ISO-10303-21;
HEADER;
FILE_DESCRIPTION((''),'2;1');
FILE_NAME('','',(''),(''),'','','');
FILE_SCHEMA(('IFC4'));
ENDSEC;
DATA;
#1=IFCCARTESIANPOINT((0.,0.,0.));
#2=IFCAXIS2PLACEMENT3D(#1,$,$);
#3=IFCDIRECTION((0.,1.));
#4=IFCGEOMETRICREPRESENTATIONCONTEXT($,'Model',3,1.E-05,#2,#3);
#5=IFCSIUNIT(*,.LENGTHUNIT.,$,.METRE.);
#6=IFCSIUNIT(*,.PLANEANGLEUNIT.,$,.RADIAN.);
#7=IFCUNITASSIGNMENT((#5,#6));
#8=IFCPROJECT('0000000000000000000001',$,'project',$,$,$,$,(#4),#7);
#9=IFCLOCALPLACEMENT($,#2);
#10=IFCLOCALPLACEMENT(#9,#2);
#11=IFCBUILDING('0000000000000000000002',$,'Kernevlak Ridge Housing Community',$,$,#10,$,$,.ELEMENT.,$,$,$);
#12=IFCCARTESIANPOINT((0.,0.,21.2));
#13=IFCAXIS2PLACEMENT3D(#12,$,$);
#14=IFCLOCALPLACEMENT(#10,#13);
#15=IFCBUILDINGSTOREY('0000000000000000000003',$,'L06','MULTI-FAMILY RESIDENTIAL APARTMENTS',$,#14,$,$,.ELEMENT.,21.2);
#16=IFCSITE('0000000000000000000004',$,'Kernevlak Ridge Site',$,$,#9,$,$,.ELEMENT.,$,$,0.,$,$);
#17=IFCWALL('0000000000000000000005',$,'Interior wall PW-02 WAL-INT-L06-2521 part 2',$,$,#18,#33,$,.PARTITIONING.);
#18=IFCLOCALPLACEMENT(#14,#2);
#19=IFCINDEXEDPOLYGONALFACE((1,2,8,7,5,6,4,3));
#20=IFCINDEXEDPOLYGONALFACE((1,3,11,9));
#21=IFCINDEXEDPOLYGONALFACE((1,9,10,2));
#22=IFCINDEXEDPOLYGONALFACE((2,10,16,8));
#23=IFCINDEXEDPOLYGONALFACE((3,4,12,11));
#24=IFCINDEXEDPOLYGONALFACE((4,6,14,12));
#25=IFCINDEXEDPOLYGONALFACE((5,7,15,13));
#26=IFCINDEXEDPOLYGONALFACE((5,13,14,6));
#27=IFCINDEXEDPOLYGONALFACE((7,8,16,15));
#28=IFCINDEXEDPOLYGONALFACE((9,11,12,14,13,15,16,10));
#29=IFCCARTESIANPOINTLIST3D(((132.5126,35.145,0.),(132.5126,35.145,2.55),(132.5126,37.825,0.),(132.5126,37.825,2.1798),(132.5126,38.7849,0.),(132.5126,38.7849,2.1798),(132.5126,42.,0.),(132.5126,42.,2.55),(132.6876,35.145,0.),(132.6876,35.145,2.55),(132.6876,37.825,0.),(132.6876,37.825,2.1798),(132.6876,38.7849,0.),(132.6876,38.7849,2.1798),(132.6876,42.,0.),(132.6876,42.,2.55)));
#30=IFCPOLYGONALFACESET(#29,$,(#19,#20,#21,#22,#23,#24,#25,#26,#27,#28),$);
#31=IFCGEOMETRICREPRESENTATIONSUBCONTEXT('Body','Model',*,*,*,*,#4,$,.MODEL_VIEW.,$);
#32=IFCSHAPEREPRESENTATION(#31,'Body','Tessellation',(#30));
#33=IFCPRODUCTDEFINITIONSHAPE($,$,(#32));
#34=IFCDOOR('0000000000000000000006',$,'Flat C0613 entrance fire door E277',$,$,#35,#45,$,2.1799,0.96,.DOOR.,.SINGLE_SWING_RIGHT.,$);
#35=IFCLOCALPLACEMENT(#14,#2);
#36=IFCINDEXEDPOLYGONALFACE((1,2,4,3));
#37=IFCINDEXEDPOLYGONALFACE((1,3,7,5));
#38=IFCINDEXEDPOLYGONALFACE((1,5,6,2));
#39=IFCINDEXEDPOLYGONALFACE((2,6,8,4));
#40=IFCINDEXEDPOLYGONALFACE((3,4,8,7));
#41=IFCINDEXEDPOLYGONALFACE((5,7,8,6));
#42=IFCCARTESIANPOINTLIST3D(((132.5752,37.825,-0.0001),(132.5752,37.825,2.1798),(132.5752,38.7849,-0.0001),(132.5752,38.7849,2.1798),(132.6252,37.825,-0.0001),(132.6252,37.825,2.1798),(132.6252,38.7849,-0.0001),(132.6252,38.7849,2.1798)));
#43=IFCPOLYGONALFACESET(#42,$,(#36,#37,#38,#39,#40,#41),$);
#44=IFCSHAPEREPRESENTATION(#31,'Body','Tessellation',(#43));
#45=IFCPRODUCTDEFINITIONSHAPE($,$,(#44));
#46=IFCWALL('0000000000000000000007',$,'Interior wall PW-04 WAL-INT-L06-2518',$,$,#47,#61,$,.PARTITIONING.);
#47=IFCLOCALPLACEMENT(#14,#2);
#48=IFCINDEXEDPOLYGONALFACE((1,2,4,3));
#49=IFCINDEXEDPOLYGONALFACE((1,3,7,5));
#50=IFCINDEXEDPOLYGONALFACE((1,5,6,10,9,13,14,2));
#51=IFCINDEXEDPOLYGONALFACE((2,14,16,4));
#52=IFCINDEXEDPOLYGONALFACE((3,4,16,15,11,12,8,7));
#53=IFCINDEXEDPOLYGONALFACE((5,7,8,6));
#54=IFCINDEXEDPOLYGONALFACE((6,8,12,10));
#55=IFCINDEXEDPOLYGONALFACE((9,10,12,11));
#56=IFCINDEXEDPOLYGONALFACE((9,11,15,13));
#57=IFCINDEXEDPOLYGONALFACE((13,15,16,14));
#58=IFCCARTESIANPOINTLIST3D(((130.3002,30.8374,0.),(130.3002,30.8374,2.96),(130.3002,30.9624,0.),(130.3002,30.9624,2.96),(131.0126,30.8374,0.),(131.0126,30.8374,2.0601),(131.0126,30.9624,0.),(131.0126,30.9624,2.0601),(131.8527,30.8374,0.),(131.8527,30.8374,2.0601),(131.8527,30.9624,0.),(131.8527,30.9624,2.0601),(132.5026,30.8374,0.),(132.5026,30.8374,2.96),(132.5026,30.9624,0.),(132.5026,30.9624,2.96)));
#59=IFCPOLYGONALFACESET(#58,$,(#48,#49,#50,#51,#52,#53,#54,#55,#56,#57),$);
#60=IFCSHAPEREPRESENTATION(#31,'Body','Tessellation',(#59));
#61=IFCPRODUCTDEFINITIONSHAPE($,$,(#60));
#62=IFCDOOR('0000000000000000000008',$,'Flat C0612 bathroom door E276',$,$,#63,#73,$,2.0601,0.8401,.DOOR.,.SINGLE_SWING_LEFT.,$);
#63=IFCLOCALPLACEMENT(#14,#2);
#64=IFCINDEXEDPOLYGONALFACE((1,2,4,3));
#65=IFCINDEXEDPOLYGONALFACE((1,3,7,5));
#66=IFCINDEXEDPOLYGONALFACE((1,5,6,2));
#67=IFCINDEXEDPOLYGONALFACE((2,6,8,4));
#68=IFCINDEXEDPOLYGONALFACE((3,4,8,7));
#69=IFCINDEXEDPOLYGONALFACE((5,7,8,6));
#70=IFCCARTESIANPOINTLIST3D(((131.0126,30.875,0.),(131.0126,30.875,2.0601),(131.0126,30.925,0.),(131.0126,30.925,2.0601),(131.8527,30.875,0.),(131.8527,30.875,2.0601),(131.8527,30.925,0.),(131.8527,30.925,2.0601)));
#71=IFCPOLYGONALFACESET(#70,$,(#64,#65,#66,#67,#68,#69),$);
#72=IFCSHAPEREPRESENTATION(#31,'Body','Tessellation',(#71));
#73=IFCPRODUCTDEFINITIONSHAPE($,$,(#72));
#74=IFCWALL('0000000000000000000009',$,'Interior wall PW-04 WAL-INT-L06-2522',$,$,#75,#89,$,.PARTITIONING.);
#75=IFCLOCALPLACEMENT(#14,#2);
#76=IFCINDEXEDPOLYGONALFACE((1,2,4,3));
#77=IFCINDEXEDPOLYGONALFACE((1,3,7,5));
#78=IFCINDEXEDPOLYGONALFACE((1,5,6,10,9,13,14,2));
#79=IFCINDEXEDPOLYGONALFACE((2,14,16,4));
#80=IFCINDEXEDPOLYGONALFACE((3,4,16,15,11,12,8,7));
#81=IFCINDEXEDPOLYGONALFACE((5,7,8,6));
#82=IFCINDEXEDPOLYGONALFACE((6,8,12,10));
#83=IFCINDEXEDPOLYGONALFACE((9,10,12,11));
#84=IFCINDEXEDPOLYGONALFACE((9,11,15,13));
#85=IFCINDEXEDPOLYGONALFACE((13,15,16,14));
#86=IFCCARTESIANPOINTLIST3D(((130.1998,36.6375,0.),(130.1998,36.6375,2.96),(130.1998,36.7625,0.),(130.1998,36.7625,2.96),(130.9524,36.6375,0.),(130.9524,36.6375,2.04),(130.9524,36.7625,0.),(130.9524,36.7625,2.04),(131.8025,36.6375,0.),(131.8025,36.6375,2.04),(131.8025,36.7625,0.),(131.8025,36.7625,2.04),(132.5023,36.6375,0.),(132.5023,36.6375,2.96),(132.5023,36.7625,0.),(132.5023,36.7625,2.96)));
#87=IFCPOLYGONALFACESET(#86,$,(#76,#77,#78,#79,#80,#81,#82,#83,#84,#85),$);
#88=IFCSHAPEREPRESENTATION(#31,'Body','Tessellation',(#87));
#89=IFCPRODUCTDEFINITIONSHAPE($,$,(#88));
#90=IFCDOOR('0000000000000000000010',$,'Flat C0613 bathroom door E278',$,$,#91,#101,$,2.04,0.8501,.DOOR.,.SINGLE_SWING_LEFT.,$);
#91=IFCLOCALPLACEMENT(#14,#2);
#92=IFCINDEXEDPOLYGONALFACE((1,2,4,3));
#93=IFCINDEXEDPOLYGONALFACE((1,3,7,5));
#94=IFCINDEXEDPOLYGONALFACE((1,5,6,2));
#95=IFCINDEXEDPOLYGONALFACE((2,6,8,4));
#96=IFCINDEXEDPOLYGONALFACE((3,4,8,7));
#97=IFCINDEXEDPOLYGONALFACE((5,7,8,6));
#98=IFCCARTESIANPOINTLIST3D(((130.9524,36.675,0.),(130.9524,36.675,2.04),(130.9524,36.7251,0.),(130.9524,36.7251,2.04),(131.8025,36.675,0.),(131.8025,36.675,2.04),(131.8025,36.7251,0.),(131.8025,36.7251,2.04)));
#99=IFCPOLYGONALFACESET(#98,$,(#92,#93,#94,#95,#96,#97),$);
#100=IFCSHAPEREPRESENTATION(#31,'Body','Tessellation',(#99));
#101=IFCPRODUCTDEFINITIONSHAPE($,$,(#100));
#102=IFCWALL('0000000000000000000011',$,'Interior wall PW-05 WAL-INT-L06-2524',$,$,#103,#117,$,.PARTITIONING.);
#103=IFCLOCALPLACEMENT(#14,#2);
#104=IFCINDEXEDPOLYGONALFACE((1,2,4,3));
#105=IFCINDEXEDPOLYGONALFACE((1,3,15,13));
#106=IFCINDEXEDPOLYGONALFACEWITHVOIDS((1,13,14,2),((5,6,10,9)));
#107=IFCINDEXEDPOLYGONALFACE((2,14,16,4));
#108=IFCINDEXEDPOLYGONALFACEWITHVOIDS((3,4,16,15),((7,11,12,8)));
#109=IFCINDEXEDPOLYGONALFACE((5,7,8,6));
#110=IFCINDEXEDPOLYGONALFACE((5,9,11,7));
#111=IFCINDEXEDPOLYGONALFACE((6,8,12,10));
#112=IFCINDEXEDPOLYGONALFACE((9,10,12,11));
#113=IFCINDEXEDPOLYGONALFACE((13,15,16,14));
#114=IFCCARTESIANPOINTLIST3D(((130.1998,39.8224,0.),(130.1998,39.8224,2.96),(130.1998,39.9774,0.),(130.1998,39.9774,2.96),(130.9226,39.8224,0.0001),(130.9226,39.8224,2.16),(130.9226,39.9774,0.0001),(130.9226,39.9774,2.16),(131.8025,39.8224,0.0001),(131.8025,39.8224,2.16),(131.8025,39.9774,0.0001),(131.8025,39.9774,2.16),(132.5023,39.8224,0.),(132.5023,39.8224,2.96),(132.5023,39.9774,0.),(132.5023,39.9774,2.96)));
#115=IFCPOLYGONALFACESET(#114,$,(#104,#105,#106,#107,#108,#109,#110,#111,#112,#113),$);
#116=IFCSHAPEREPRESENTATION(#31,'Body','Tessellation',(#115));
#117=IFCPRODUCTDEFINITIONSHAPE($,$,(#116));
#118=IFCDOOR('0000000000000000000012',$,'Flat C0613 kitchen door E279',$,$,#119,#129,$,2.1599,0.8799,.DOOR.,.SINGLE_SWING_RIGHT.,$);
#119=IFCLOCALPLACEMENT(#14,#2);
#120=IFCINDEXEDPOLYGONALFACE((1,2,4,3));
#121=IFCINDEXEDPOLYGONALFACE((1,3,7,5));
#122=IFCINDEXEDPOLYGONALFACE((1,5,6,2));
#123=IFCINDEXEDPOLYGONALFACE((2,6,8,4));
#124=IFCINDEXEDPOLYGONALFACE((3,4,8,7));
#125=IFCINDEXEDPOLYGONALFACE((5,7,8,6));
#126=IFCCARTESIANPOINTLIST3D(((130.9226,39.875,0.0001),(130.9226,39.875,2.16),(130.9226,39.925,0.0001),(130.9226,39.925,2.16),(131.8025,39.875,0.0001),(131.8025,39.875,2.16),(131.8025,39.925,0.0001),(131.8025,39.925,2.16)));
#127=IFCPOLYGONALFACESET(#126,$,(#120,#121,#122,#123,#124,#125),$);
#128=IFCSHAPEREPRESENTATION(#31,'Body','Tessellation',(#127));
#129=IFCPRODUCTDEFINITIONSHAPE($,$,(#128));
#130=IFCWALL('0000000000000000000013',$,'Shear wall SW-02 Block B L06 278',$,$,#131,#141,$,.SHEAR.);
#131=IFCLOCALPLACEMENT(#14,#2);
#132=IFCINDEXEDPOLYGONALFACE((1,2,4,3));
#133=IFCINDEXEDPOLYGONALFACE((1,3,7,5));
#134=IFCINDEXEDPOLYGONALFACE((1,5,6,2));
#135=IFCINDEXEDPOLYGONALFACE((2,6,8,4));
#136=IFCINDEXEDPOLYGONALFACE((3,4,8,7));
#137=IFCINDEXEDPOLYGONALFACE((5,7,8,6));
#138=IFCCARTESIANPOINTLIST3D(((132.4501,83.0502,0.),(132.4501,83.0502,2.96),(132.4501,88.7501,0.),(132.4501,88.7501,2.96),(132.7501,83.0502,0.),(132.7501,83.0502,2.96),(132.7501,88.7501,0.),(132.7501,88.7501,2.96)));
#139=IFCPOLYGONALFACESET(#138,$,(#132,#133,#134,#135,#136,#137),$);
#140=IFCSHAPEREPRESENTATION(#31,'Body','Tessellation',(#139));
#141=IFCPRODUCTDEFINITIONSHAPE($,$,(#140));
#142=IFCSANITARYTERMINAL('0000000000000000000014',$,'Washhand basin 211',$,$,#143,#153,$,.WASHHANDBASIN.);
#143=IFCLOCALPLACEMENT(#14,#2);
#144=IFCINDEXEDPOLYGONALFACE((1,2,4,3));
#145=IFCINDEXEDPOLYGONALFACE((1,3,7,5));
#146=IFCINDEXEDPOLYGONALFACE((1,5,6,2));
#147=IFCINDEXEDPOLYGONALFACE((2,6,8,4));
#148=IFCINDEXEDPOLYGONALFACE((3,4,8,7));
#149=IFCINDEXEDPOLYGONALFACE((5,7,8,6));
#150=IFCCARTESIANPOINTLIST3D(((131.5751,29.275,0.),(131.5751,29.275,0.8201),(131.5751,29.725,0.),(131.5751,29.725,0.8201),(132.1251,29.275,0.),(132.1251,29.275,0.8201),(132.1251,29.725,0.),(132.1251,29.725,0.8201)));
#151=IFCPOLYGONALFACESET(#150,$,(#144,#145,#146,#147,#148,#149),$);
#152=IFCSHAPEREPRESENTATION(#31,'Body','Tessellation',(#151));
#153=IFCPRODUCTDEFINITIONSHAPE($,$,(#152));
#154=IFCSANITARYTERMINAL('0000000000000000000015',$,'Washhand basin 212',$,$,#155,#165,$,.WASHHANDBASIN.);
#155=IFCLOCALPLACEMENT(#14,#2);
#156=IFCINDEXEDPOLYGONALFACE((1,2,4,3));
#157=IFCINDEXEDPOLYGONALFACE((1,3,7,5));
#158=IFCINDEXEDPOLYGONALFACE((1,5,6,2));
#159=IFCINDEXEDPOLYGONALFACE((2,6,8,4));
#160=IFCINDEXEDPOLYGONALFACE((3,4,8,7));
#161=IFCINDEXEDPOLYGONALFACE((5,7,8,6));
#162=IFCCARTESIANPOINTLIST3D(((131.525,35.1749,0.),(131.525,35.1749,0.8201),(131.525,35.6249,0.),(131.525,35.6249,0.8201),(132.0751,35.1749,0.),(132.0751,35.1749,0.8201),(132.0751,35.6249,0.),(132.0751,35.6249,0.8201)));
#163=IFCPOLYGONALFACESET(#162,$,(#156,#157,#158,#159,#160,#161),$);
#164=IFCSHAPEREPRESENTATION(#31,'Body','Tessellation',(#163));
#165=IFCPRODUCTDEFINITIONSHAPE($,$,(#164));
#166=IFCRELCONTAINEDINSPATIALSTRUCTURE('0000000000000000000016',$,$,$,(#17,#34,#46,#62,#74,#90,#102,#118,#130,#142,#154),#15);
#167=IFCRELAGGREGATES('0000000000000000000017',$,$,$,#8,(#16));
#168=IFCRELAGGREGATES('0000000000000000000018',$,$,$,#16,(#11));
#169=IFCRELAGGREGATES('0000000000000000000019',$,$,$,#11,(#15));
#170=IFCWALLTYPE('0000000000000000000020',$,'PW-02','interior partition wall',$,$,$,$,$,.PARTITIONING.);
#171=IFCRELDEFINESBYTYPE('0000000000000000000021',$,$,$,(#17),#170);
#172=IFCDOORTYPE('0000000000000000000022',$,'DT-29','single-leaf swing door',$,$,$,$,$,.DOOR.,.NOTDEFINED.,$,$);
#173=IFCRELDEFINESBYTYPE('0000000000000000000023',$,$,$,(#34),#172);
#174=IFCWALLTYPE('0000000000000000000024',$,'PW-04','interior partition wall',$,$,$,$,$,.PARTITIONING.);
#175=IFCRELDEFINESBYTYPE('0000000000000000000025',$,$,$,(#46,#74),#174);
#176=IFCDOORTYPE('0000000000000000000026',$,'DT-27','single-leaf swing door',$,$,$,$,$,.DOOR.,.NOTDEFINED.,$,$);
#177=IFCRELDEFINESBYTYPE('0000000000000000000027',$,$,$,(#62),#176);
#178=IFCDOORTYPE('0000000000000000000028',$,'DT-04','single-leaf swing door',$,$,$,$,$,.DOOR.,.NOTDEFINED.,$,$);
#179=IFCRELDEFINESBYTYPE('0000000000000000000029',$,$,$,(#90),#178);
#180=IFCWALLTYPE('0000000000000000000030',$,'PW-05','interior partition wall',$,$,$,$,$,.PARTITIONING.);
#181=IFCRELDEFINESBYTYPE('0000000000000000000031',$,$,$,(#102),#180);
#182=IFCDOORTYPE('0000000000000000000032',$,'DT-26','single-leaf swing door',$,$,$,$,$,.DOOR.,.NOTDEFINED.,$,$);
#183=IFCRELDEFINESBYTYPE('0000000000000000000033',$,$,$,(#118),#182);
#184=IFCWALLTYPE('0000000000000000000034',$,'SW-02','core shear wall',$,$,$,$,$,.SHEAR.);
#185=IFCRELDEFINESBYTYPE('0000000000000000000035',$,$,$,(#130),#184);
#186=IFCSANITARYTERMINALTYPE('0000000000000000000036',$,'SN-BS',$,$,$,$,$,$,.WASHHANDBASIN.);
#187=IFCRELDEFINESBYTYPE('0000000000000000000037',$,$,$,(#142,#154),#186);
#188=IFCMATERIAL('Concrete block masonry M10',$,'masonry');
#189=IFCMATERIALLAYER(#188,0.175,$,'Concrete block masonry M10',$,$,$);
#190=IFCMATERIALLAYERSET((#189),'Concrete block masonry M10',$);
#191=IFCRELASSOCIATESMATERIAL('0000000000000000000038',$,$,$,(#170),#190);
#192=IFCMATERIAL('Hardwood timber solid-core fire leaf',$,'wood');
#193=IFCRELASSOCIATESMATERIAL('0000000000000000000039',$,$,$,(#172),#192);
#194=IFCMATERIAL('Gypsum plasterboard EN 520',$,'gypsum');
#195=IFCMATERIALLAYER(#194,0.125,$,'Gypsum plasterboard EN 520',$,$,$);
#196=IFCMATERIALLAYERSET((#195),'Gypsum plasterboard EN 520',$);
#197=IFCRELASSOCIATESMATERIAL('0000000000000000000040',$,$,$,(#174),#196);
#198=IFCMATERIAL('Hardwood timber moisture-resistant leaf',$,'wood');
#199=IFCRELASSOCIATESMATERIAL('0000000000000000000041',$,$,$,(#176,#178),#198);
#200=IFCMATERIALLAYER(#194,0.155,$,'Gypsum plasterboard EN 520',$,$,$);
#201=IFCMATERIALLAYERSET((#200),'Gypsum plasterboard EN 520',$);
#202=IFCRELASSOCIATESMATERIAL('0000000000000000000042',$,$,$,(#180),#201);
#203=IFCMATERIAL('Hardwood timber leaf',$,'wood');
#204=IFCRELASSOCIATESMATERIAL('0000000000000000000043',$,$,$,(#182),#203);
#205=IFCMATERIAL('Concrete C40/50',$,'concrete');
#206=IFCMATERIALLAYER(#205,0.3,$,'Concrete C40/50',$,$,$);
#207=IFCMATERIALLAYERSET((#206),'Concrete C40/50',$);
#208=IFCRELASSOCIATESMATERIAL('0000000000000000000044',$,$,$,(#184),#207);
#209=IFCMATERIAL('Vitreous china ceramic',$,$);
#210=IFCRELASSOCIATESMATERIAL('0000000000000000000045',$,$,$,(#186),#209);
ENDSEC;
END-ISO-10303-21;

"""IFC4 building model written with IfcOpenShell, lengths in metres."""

from ifc_helpers import new_model, si_unit, direction, frame, frame_2d, origin, origin_2d, place, context, subcontext, project, spatial, rectangle, extrude, material, layer, layer_set, type_object, element, fill, save


model = new_model("IFC4")

# Units and contexts
model_context = context("Model", 3, precision=1e-05, world=origin(), true_north=direction((0.0, 1.0)))
body_context = subcontext(model_context, "Body", "Model", "MODEL_VIEW")
ifc_project = project(units=[si_unit("LENGTHUNIT", "METRE"), si_unit("PLANEANGLEUNIT", "RADIAN")], contexts=[model_context])

# Site, building, storey
site_placement = place(None, origin())
site = spatial("IfcSite", under=ifc_project, at=site_placement, Name="Kernevlak Ridge Site", CompositionType="ELEMENT", RefElevation=0.0)
building_placement = place(site_placement, origin())
building = spatial("IfcBuilding", under=site, at=building_placement, Name="Kernevlak Ridge Housing Community", CompositionType="ELEMENT")
storey_placement = place(building_placement, frame((0.0, 0.0, 21.2)))
storey = spatial("IfcBuildingStorey", under=building, at=storey_placement, Name="L06", Description="MULTI-FAMILY RESIDENTIAL APARTMENTS", CompositionType="ELEMENT", Elevation=21.2)

# Shared definitions
ifc_material_1 = material(Name="Concrete C40/50", Category="concrete")

# Shared definitions
ifc_material_2 = material(Name="Concrete block masonry M10", Category="masonry")

# Shared definitions
ifc_layer_1 = layer(ifc_material_2, 0.175, Name="Concrete block masonry M10")
ifc_layer_set_1 = layer_set([ifc_layer_1], Name="Concrete block masonry M10")
wall_type_1 = type_object("IfcWallType", Name="PW-02", Description="interior partition wall", PredefinedType="PARTITIONING", material=ifc_layer_set_1)
ifc_material_3 = material(Name="Hardwood timber solid-core fire leaf", Category="wood")

# Walls, openings, doors
wall_1_placement = place(storey_placement, frame((132.6001, 35.145, 0.0), z_axis=(0.0, 0.0, 1.0), x_axis=(0.0, 1.0, 0.0)))
wall_1 = element("IfcWall", 1, at=wall_1_placement, inside=storey, type_object=wall_type_1, Name="Interior wall PW-02 WAL-INT-L06-2521 part 2", PredefinedType="PARTITIONING", context=body_context, shape_type="SweptSolid", body=[
    extrude(rectangle(XDim=6.855, YDim=0.175, at=frame_2d((3.4275, 0.0))), origin(), (0.0, 0.0, 1.0), 2.55),
])
opening_1_placement = place(wall_1_placement, frame((2.6799, 0.0, 0.0)))
opening_1 = element("IfcOpeningElement", 2, at=opening_1_placement, cuts=wall_1, PredefinedType="OPENING", context=body_context, shape_type="SweptSolid", body=[
    extrude(rectangle(XDim=0.96, YDim=2.1799, at=frame_2d((0.48, 1.0898))), frame((0.0, 0.0974, 0.0), z_axis=(0.0, -1.0, 0.0), x_axis=(1.0, 0.0, 0.0)), (0.0, 0.0, 1.0), 0.1951),
])
door_type_1 = type_object("IfcDoorType", Name="DT-29", Description="single-leaf swing door", OperationType="NOTDEFINED", PredefinedType="DOOR", material=ifc_material_3)
door_1_placement = place(opening_1_placement, origin())
door_1 = element("IfcDoor", 3, at=door_1_placement, inside=storey, type_object=door_type_1, Name="Flat C0613 entrance fire door E277", OperationType="SINGLE_SWING_RIGHT", OverallHeight=2.1799, OverallWidth=0.96, PredefinedType="DOOR", context=body_context, shape_type="SweptSolid", body=[
    extrude(rectangle(XDim=0.96, YDim=2.1799, at=frame_2d((0.48, 1.0898))), frame((0.0, 0.0249, 0.0), z_axis=(0.0, -1.0, 0.0), x_axis=(1.0, 0.0, 0.0)), (0.0, 0.0, 1.0), 0.05),
])
fill(opening_1, door_1)
ifc_material_4 = material(Name="Gypsum plasterboard EN 520", Category="gypsum")
ifc_layer_2 = layer(ifc_material_4, 0.125, Name="Gypsum plasterboard EN 520")
ifc_layer_set_2 = layer_set([ifc_layer_2], Name="Gypsum plasterboard EN 520")
wall_type_2 = type_object("IfcWallType", Name="PW-04", Description="interior partition wall", PredefinedType="PARTITIONING", material=ifc_layer_set_2)
wall_2_placement = place(storey_placement, frame((132.5024, 30.8999, 0.0), z_axis=(0.0, 0.0, 1.0), x_axis=(-1.0, 0.0, 0.0)))
wall_2 = element("IfcWall", 4, at=wall_2_placement, inside=storey, type_object=wall_type_2, Name="Interior wall PW-04 WAL-INT-L06-2518", PredefinedType="PARTITIONING", context=body_context, shape_type="SweptSolid", body=[
    extrude(rectangle(XDim=2.2024, YDim=0.125, at=frame_2d((1.1011, 0.0))), origin(), (0.0, 0.0, 1.0), 2.96),
])
opening_2_placement = place(wall_2_placement, frame((0.6499, 0.0, 0.0)))
opening_2 = element("IfcOpeningElement", 5, at=opening_2_placement, cuts=wall_2, PredefinedType="OPENING", context=body_context, shape_type="SweptSolid", body=[
    extrude(rectangle(XDim=0.8401, YDim=2.0601, at=frame_2d((0.4199, 1.03))), frame((0.0, 0.0725, 0.0), z_axis=(0.0, -1.0, 0.0), x_axis=(1.0, 0.0, 0.0)), (0.0, 0.0, 1.0), 0.145),
])
ifc_material_5 = material(Name="Hardwood timber moisture-resistant leaf", Category="wood")
door_type_2 = type_object("IfcDoorType", Name="DT-27", Description="single-leaf swing door", OperationType="NOTDEFINED", PredefinedType="DOOR", material=ifc_material_5)
door_2_placement = place(opening_2_placement, origin())
door_2 = element("IfcDoor", 6, at=door_2_placement, inside=storey, type_object=door_type_2, Name="Flat C0612 bathroom door E276", OperationType="SINGLE_SWING_LEFT", OverallHeight=2.0601, OverallWidth=0.8401, PredefinedType="DOOR", context=body_context, shape_type="SweptSolid", body=[
    extrude(rectangle(XDim=0.8401, YDim=2.0601, at=frame_2d((0.4199, 1.03))), frame((0.0, 0.0249, 0.0), z_axis=(0.0, -1.0, 0.0), x_axis=(1.0, 0.0, 0.0)), (0.0, 0.0, 1.0), 0.05),
])
fill(opening_2, door_2)
wall_3_placement = place(storey_placement, frame((132.5024, 36.7, 0.0), z_axis=(0.0, 0.0, 1.0), x_axis=(-1.0, 0.0, 0.0)))
wall_3 = element("IfcWall", 7, at=wall_3_placement, inside=storey, type_object=wall_type_2, Name="Interior wall PW-04 WAL-INT-L06-2522", PredefinedType="PARTITIONING", context=body_context, shape_type="SweptSolid", body=[
    extrude(rectangle(XDim=2.3025, YDim=0.125, at=frame_2d((1.1514, 0.0))), origin(), (0.0, 0.0, 1.0), 2.96),
])
opening_3_placement = place(wall_3_placement, frame((0.7, 0.0, 0.0)))
opening_3 = element("IfcOpeningElement", 8, at=opening_3_placement, cuts=wall_3, PredefinedType="OPENING", context=body_context, shape_type="SweptSolid", body=[
    extrude(rectangle(XDim=0.8501, YDim=2.04, at=frame_2d((0.425, 1.02))), frame((0.0, 0.0725, 0.0), z_axis=(0.0, -1.0, 0.0), x_axis=(1.0, 0.0, 0.0)), (0.0, 0.0, 1.0), 0.145),
])
door_type_3 = type_object("IfcDoorType", Name="DT-04", Description="single-leaf swing door", OperationType="NOTDEFINED", PredefinedType="DOOR", material=ifc_material_5)
door_3_placement = place(opening_3_placement, origin())
door_3 = element("IfcDoor", 9, at=door_3_placement, inside=storey, type_object=door_type_3, Name="Flat C0613 bathroom door E278", OperationType="SINGLE_SWING_LEFT", OverallHeight=2.04, OverallWidth=0.8501, PredefinedType="DOOR", context=body_context, shape_type="SweptSolid", body=[
    extrude(rectangle(XDim=0.8501, YDim=2.04, at=frame_2d((0.425, 1.02))), frame((0.0, 0.0249, 0.0), z_axis=(0.0, -1.0, 0.0), x_axis=(1.0, 0.0, 0.0)), (0.0, 0.0, 1.0), 0.05),
])
fill(opening_3, door_3)
ifc_layer_3 = layer(ifc_material_4, 0.155, Name="Gypsum plasterboard EN 520")
ifc_layer_set_3 = layer_set([ifc_layer_3], Name="Gypsum plasterboard EN 520")
wall_type_3 = type_object("IfcWallType", Name="PW-05", Description="interior partition wall", PredefinedType="PARTITIONING", material=ifc_layer_set_3)
wall_4_placement = place(storey_placement, frame((132.5024, 39.8999, 0.0), z_axis=(0.0, 0.0, 1.0), x_axis=(-1.0, 0.0, 0.0)))
wall_4 = element("IfcWall", 10, at=wall_4_placement, inside=storey, type_object=wall_type_3, Name="Interior wall PW-05 WAL-INT-L06-2524", PredefinedType="PARTITIONING", context=body_context, shape_type="SweptSolid", body=[
    extrude(rectangle(XDim=2.3025, YDim=0.155, at=frame_2d((1.1514, 0.0))), origin(), (0.0, 0.0, 1.0), 2.96),
])
opening_4_placement = place(wall_4_placement, frame((0.7, 0.0, 0.0)))
opening_4 = element("IfcOpeningElement", 11, at=opening_4_placement, cuts=wall_4, PredefinedType="OPENING", context=body_context, shape_type="SweptSolid", body=[
    extrude(rectangle(XDim=0.8799, YDim=2.1599, at=frame_2d((0.4399, 1.0801))), frame((0.0, 0.0874, 0.0), z_axis=(0.0, -1.0, 0.0), x_axis=(1.0, 0.0, 0.0)), (0.0, 0.0, 1.0), 0.175),
])
ifc_material_6 = material(Name="Hardwood timber leaf", Category="wood")
door_type_4 = type_object("IfcDoorType", Name="DT-26", Description="single-leaf swing door", OperationType="NOTDEFINED", PredefinedType="DOOR", material=ifc_material_6)
door_4_placement = place(opening_4_placement, origin())
door_4 = element("IfcDoor", 12, at=door_4_placement, inside=storey, type_object=door_type_4, Name="Flat C0613 kitchen door E279", OperationType="SINGLE_SWING_RIGHT", OverallHeight=2.1599, OverallWidth=0.8799, PredefinedType="DOOR", context=body_context, shape_type="SweptSolid", body=[
    extrude(rectangle(XDim=0.8799, YDim=2.1599, at=frame_2d((0.4399, 1.0801))), frame((0.0, 0.0249, 0.0), z_axis=(0.0, -1.0, 0.0), x_axis=(1.0, 0.0, 0.0)), (0.0, 0.0, 1.0), 0.05),
])
fill(opening_4, door_4)

# Wall
ifc_layer_4 = layer(ifc_material_1, 0.3, Name="Concrete C40/50")
ifc_layer_set_4 = layer_set([ifc_layer_4], Name="Concrete C40/50")
wall_type_4 = type_object("IfcWallType", Name="SW-02", Description="core shear wall", PredefinedType="SHEAR", material=ifc_layer_set_4)
wall_5_placement = place(storey_placement, frame((132.6001, 83.05, 0.0), z_axis=(0.0, 0.0, 1.0), x_axis=(0.0, 1.0, 0.0)))
element("IfcWall", 13, at=wall_5_placement, inside=storey, type_object=wall_type_4, Name="Shear wall SW-02 Block B L06 278", PredefinedType="SHEAR", context=body_context, shape_type="SweptSolid", body=[
    extrude(rectangle(XDim=5.7, YDim=0.3, at=frame_2d((2.8501, 0.0))), origin(), (0.0, 0.0, 1.0), 2.96),
])

# Sanitary terminals
ifc_material_7 = material(Name="Vitreous china ceramic")
sanitary_terminal_type_1 = type_object("IfcSanitaryTerminalType", Name="SN-BS", PredefinedType="WASHHANDBASIN", material=ifc_material_7)
for number, where, z_axis, x_axis, name in (
    (14, (131.8501, 29.5, 0.0), (0.0, 0.0, 1.0), (1.0, 0.0, 0.0), "Washhand basin 211"),
    (15, (131.8, 35.3999, 0.0), (0.0, 0.0, 1.0), (1.0, 0.0, 0.0), "Washhand basin 212"),
):
    element("IfcSanitaryTerminal", number, at=place(storey_placement, frame(where, z_axis=z_axis, x_axis=x_axis)), inside=storey, type_object=sanitary_terminal_type_1, Name=name, PredefinedType="WASHHANDBASIN", context=body_context, shape_type="SweptSolid", body=[
        extrude(rectangle(XDim=0.55, YDim=0.45, at=origin_2d()), origin(), (0.0, 0.0, 1.0), 0.8201),
    ])

save(model, "model.ifc")
